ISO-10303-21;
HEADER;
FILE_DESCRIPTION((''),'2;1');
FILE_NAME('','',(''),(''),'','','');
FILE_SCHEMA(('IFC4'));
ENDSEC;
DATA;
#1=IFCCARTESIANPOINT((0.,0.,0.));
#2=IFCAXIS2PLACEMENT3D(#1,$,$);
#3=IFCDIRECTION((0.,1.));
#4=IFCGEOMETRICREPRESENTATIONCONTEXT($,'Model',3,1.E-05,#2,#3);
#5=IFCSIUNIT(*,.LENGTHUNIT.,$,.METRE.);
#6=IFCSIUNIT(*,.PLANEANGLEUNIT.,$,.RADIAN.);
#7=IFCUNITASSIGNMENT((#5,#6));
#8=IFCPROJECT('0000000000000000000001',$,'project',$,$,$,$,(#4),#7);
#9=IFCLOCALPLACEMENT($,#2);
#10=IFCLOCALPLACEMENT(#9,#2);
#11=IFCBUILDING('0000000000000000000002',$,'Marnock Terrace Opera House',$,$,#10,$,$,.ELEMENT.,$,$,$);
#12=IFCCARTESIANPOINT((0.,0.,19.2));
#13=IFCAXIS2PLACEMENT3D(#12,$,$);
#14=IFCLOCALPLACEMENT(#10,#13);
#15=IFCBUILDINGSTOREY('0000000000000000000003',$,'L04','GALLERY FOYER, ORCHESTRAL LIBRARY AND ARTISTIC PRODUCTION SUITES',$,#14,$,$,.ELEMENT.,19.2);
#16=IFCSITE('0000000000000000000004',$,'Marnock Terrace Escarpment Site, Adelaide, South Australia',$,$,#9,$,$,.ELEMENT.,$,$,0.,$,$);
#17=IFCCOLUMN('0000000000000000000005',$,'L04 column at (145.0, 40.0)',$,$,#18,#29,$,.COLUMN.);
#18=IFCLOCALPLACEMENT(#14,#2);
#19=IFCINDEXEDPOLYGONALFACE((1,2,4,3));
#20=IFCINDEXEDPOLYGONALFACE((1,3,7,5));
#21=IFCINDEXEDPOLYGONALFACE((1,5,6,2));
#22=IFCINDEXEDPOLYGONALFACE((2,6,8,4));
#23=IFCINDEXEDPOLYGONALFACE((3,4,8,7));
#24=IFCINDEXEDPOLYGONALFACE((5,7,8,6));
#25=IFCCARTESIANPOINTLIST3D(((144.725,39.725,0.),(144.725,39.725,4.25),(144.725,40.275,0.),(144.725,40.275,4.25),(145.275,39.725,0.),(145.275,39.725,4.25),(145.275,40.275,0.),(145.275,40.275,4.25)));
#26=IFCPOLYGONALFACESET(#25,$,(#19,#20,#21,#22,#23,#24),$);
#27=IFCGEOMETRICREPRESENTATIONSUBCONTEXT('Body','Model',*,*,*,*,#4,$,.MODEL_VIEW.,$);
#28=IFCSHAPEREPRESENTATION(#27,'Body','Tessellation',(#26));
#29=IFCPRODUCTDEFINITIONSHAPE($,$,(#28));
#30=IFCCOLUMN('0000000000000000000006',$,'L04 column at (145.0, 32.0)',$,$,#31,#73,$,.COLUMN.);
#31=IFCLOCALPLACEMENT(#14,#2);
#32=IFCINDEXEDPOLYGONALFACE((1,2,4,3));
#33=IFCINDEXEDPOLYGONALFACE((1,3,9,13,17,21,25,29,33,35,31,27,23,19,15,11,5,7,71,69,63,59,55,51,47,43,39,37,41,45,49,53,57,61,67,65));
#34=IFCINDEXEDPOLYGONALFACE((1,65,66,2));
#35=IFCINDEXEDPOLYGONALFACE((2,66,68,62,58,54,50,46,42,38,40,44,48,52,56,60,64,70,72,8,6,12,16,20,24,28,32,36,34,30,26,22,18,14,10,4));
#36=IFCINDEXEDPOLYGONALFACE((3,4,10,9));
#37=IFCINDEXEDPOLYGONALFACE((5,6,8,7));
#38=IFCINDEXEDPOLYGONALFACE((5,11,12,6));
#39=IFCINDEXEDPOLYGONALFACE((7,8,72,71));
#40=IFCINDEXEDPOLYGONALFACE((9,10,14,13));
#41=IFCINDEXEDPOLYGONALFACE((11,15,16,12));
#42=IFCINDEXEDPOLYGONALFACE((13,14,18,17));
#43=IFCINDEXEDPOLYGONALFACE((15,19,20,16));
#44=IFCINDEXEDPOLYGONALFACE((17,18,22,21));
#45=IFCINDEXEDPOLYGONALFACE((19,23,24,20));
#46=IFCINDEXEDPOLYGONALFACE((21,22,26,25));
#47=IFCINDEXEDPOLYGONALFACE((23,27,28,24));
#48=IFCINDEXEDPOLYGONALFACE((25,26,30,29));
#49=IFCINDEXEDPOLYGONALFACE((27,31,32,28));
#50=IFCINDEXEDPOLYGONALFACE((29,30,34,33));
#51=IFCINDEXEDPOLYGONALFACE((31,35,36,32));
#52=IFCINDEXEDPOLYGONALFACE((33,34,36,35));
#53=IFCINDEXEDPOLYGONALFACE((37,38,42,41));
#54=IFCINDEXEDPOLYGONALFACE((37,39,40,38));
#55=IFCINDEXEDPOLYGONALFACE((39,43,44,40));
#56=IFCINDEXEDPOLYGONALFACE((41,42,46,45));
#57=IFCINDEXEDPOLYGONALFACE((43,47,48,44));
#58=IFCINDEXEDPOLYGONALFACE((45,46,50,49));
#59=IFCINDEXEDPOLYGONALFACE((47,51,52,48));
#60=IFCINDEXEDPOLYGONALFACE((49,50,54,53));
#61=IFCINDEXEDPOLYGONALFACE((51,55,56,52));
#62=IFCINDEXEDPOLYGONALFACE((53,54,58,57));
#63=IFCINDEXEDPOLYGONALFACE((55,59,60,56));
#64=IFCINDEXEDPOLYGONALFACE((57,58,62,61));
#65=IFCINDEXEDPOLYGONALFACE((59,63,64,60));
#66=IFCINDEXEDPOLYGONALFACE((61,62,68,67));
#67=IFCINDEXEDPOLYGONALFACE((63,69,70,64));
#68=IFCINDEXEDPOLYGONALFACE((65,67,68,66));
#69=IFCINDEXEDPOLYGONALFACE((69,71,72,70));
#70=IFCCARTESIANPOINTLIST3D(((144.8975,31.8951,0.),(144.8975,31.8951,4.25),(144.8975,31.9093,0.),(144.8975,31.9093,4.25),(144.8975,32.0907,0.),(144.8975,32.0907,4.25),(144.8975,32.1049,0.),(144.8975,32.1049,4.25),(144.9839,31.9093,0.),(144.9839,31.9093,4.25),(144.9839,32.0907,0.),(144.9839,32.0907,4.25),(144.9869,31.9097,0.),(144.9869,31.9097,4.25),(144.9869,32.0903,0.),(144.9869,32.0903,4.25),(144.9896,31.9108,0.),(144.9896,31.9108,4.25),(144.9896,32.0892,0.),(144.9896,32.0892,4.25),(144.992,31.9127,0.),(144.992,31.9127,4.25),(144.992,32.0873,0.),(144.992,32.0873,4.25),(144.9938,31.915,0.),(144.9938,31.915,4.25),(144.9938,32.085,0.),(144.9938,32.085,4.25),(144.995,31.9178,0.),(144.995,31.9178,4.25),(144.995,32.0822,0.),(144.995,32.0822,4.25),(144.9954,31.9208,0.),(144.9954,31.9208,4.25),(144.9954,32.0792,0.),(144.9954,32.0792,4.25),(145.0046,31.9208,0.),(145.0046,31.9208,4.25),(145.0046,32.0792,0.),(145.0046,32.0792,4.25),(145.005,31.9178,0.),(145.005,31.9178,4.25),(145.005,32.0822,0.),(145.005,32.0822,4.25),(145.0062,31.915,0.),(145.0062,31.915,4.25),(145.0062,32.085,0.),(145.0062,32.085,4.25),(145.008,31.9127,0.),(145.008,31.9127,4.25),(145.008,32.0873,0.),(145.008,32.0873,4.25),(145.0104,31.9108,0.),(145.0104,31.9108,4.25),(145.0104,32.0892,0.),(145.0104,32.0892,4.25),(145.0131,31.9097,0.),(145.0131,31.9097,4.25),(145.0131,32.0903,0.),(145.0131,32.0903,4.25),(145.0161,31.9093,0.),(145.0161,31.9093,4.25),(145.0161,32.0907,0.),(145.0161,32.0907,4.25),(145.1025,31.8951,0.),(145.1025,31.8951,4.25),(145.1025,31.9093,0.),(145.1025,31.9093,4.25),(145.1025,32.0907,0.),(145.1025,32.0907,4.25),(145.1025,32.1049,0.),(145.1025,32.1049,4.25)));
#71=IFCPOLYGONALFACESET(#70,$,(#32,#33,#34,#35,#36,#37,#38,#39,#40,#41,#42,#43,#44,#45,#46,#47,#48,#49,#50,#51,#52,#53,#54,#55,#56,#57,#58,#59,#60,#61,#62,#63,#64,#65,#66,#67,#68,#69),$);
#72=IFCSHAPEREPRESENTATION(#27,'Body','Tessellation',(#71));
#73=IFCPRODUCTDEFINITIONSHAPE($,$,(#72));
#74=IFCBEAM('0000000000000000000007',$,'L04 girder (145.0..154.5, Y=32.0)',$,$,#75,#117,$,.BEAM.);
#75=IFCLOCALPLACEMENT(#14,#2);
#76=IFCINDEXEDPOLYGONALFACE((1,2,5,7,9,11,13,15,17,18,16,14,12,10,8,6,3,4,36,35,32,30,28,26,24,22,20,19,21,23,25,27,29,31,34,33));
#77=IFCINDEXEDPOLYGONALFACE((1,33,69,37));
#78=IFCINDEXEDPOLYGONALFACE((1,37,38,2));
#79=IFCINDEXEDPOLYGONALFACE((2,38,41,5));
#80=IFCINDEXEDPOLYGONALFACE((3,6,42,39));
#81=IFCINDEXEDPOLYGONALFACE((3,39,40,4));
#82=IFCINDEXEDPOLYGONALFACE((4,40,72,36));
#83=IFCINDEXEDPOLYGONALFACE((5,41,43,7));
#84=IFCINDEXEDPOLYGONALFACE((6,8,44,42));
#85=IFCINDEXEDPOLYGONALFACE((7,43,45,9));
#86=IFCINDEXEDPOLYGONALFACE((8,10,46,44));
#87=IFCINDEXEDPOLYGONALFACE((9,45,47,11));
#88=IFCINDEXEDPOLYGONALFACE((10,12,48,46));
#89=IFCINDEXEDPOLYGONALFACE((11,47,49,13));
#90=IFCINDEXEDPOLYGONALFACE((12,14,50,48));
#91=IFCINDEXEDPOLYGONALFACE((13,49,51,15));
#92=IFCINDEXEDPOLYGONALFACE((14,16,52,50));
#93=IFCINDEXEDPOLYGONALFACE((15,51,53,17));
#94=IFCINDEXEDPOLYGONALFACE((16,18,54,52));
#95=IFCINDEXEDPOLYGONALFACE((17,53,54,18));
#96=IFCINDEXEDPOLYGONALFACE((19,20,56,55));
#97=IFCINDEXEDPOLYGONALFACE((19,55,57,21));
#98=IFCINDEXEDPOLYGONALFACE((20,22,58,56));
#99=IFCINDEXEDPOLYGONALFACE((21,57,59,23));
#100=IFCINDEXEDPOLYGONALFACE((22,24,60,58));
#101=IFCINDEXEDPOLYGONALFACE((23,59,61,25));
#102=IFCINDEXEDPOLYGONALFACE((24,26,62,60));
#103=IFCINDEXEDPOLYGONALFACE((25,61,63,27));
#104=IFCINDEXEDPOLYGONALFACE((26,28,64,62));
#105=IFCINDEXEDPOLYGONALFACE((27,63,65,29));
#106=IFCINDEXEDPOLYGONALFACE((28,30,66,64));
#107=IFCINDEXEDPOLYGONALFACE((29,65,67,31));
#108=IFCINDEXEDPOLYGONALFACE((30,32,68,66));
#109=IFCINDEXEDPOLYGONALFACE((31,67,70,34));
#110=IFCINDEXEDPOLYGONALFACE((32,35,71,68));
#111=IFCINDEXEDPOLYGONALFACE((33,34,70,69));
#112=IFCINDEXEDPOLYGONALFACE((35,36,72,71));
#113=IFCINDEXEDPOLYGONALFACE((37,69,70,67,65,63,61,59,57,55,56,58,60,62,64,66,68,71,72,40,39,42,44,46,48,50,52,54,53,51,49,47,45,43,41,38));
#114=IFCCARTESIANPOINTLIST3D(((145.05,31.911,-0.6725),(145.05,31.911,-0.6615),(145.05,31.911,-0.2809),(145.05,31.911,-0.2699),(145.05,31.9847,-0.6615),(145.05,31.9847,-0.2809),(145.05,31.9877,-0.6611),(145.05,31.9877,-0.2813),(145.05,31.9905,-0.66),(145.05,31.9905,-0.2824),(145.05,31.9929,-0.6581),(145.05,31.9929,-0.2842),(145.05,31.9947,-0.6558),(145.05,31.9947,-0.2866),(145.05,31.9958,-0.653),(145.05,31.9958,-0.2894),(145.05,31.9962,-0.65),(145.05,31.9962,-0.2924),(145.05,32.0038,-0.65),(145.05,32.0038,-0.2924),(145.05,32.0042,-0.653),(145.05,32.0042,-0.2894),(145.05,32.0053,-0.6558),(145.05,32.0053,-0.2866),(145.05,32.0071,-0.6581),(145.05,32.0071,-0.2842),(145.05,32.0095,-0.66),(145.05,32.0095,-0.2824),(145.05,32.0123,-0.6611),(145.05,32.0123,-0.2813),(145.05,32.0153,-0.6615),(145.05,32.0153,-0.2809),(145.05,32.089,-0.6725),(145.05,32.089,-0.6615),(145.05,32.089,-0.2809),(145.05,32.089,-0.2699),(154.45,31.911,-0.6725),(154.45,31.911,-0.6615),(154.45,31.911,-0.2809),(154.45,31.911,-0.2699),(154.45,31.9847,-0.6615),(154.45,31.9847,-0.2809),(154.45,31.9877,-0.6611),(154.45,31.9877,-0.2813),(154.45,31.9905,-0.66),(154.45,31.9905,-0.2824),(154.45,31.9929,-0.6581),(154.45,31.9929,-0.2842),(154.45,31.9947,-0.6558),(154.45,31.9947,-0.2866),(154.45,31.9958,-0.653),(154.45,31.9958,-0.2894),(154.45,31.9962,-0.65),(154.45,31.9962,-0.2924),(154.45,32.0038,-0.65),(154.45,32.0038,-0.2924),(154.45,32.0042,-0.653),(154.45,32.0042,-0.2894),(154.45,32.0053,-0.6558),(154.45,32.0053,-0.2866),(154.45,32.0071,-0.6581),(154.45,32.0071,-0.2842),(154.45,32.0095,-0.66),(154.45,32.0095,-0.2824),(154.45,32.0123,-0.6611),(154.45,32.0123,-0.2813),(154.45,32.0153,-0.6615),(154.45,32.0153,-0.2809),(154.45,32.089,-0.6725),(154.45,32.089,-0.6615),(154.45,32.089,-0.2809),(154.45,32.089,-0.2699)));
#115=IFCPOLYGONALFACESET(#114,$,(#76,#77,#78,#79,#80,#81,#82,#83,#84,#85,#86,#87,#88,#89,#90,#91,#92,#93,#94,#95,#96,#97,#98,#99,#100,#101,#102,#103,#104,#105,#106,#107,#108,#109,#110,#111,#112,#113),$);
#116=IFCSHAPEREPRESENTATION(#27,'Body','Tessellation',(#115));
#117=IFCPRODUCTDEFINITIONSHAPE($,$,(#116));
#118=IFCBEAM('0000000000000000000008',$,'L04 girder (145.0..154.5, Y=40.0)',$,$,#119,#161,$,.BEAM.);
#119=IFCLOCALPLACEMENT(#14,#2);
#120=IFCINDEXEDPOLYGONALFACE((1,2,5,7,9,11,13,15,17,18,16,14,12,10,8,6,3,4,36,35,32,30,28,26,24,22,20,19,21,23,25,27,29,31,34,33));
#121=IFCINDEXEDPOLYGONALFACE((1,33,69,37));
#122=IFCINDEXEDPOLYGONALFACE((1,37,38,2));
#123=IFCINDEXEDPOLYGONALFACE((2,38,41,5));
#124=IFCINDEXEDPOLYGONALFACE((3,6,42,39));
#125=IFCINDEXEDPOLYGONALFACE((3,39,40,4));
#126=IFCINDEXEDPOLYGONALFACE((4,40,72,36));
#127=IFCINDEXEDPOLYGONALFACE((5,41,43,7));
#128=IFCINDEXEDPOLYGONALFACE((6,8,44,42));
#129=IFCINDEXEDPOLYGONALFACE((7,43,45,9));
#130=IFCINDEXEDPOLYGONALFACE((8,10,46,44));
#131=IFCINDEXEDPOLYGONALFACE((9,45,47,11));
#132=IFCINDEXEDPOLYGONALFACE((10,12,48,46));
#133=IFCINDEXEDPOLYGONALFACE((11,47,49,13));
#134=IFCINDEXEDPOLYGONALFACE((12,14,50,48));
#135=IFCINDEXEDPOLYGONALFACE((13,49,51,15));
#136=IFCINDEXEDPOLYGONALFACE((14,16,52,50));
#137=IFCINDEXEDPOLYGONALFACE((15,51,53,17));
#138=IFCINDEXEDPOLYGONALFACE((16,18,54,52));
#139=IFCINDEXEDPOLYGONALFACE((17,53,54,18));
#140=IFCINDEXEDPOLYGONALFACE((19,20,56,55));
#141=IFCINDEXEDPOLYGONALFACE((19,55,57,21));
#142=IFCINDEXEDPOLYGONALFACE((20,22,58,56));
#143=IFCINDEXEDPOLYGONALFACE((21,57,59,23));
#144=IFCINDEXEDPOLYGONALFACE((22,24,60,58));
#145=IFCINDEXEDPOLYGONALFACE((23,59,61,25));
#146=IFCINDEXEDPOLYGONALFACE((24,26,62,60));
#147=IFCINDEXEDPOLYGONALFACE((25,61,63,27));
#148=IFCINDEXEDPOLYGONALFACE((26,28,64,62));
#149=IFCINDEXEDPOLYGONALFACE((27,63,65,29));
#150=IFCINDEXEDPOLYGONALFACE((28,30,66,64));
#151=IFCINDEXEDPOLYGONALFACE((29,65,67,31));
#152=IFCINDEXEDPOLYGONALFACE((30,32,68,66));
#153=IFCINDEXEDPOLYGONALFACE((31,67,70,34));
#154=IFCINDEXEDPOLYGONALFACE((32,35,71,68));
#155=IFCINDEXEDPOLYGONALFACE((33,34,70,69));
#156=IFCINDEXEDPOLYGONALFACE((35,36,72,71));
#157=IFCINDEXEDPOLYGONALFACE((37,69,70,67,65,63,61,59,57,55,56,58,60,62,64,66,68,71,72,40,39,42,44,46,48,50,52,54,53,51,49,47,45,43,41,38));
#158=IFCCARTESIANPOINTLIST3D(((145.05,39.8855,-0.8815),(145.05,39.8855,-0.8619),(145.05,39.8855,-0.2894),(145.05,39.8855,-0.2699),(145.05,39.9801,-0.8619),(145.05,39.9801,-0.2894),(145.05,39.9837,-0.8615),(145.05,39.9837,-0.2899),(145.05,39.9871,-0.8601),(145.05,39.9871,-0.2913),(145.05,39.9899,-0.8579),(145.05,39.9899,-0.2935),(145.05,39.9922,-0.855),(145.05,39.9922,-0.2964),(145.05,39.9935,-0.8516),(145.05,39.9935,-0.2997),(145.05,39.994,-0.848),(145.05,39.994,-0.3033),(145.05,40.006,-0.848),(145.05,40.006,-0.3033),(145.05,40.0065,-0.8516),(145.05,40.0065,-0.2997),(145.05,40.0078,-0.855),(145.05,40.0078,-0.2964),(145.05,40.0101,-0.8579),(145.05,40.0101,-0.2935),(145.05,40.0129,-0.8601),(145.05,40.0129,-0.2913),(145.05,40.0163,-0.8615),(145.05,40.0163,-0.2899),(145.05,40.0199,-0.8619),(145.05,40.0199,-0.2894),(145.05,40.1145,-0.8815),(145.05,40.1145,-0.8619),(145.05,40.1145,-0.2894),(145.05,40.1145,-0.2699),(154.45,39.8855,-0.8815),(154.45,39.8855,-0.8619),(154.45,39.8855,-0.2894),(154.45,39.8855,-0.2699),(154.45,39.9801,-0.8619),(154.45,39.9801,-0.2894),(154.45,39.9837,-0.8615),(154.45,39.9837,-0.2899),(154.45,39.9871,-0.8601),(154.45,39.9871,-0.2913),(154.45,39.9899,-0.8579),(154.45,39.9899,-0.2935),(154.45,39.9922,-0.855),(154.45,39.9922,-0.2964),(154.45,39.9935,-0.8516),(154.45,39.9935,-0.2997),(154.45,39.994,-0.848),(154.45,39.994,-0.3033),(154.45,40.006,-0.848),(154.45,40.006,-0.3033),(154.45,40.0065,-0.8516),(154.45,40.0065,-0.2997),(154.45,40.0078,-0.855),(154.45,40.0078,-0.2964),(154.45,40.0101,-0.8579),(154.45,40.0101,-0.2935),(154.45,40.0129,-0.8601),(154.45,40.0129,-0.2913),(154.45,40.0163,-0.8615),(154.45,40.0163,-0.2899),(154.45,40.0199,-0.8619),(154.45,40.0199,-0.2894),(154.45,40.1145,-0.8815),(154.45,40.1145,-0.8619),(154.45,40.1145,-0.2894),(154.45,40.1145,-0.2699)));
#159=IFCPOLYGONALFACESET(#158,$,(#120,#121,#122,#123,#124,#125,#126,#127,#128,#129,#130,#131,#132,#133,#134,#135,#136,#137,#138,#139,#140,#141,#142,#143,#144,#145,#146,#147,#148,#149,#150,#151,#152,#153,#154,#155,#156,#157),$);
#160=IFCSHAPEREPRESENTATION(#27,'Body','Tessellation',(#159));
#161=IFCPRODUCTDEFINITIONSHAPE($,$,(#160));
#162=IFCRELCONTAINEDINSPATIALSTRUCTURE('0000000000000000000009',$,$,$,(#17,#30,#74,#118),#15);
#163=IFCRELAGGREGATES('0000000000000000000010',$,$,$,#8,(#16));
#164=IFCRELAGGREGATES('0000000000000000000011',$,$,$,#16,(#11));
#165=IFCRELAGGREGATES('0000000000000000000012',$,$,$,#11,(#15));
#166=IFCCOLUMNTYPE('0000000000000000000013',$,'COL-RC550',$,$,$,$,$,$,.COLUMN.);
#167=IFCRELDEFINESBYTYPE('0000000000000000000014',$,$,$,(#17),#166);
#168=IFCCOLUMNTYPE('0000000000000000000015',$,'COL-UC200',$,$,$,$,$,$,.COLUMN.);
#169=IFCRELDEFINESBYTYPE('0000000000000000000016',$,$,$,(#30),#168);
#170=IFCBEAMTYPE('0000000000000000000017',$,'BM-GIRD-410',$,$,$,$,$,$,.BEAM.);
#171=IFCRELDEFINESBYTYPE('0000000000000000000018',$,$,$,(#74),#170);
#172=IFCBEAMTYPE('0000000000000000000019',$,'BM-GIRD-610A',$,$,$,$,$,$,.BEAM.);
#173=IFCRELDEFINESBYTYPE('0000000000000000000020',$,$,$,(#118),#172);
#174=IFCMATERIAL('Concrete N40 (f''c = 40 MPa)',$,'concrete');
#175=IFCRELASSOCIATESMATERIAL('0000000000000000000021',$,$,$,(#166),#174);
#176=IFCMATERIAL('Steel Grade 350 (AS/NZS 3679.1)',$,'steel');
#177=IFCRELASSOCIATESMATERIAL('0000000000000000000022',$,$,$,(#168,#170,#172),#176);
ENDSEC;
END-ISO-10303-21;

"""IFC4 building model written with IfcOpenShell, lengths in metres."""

from ifc_helpers import new_model, si_unit, direction, frame, origin, origin_2d, place, context, subcontext, project, spatial, rectangle, i_section, extrude, material, material_profile, profile_set, type_object, element, save


model = new_model("IFC4")

# Units and contexts
model_context = context("Model", 3, precision=1e-05, world=origin(), true_north=direction((0.0, 1.0)))
body_context = subcontext(model_context, "Body", "Model", "MODEL_VIEW")
ifc_project = project(units=[si_unit("LENGTHUNIT", "METRE"), si_unit("PLANEANGLEUNIT", "RADIAN")], contexts=[model_context])

# Site, building, storey
site_placement = place(None, origin())
site = spatial("IfcSite", under=ifc_project, at=site_placement, Name="Marnock Terrace Escarpment Site, Adelaide, South Australia", CompositionType="ELEMENT", RefElevation=0.0)
building_placement = place(site_placement, origin())
building = spatial("IfcBuilding", under=site, at=building_placement, Name="Marnock Terrace Opera House", CompositionType="ELEMENT")
storey_placement = place(building_placement, frame((0.0, 0.0, 19.2)))
storey = spatial("IfcBuildingStorey", under=building, at=storey_placement, Name="L04", Description="GALLERY FOYER, ORCHESTRAL LIBRARY AND ARTISTIC PRODUCTION SUITES", CompositionType="ELEMENT", Elevation=19.2)

# Columns
ifc_material_1 = material(Name="Concrete N40 (f'c = 40 MPa)", Category="concrete")
ifc_material_profile_1 = material_profile(ifc_material_1, rectangle(XDim=0.55, YDim=0.55, at=origin_2d()))
ifc_profile_set_1 = profile_set([ifc_material_profile_1], Name="Concrete N40 (f'c = 40 MPa)")
column_type_1 = type_object("IfcColumnType", Name="COL-RC550", PredefinedType="COLUMN", material=ifc_profile_set_1)
column_1_placement = place(storey_placement, frame((145.0, 40.0, 0.0), z_axis=(0.0, 0.0, 1.0), x_axis=(1.0, 0.0, 0.0)))
element("IfcColumn", 1, at=column_1_placement, inside=storey, type_object=column_type_1, Name="L04 column at (145.0, 40.0)", PredefinedType="COLUMN", context=body_context, shape_type="SweptSolid", body=[
    extrude(rectangle(XDim=0.55, YDim=0.55, at=origin_2d()), origin(), (0.0, 0.0, 1.0), 4.25),
])
ifc_material_2 = material(Name="Steel Grade 350 (AS/NZS 3679.1)", Category="steel")
ifc_material_profile_2 = material_profile(ifc_material_2, i_section(OverallWidth=0.2051, OverallDepth=0.2097, WebThickness=0.0093, FlangeThickness=0.0142, FilletRadius=0.0115, at=origin_2d()))
ifc_profile_set_2 = profile_set([ifc_material_profile_2], Name="Steel Grade 350 (AS/NZS 3679.1)")
column_type_2 = type_object("IfcColumnType", Name="COL-UC200", PredefinedType="COLUMN", material=ifc_profile_set_2)
column_2_placement = place(storey_placement, frame((145.0, 32.0, 0.0), z_axis=(0.0, 0.0, 1.0), x_axis=(1.0, 0.0, 0.0)))
element("IfcColumn", 2, at=column_2_placement, inside=storey, type_object=column_type_2, Name="L04 column at (145.0, 32.0)", PredefinedType="COLUMN", context=body_context, shape_type="SweptSolid", body=[
    extrude(i_section(OverallWidth=0.2051, OverallDepth=0.2097, WebThickness=0.0093, FlangeThickness=0.0142, FilletRadius=0.0115, at=origin_2d()), origin(), (0.0, 0.0, 1.0), 4.25),
])

# Beams
ifc_material_profile_3 = material_profile(ifc_material_2, i_section(OverallWidth=0.178, OverallDepth=0.4026, WebThickness=0.0076, FlangeThickness=0.011, FilletRadius=0.0115, at=origin_2d()))
ifc_profile_set_3 = profile_set([ifc_material_profile_3], Name="Steel Grade 350 (AS/NZS 3679.1)")
beam_type_1 = type_object("IfcBeamType", Name="BM-GIRD-410", PredefinedType="BEAM", material=ifc_profile_set_3)
beam_1_placement = place(storey_placement, frame((145.05, 32.0, -0.4712), z_axis=(1.0, 0.0, 0.0), x_axis=(0.0, 1.0, 0.0)))
element("IfcBeam", 3, at=beam_1_placement, inside=storey, type_object=beam_type_1, Name="L04 girder (145.0..154.5, Y=32.0)", PredefinedType="BEAM", context=body_context, shape_type="SweptSolid", body=[
    extrude(i_section(OverallWidth=0.178, OverallDepth=0.4026, WebThickness=0.0076, FlangeThickness=0.011, FilletRadius=0.0115, at=origin_2d()), origin(), (0.0, 0.0, 1.0), 9.3999),
])
ifc_material_profile_4 = material_profile(ifc_material_2, i_section(OverallWidth=0.229, OverallDepth=0.6116, WebThickness=0.012, FlangeThickness=0.0195, FilletRadius=0.0139, at=origin_2d()))
ifc_profile_set_4 = profile_set([ifc_material_profile_4], Name="Steel Grade 350 (AS/NZS 3679.1)")
beam_type_2 = type_object("IfcBeamType", Name="BM-GIRD-610A", PredefinedType="BEAM", material=ifc_profile_set_4)
beam_2_placement = place(storey_placement, frame((145.05, 40.0, -0.5757), z_axis=(1.0, 0.0, 0.0), x_axis=(0.0, 1.0, 0.0)))
element("IfcBeam", 4, at=beam_2_placement, inside=storey, type_object=beam_type_2, Name="L04 girder (145.0..154.5, Y=40.0)", PredefinedType="BEAM", context=body_context, shape_type="SweptSolid", body=[
    extrude(i_section(OverallWidth=0.229, OverallDepth=0.6116, WebThickness=0.012, FlangeThickness=0.0195, FilletRadius=0.0139, at=origin_2d()), origin(), (0.0, 0.0, 1.0), 9.3999),
])

save(model, "model.ifc")
